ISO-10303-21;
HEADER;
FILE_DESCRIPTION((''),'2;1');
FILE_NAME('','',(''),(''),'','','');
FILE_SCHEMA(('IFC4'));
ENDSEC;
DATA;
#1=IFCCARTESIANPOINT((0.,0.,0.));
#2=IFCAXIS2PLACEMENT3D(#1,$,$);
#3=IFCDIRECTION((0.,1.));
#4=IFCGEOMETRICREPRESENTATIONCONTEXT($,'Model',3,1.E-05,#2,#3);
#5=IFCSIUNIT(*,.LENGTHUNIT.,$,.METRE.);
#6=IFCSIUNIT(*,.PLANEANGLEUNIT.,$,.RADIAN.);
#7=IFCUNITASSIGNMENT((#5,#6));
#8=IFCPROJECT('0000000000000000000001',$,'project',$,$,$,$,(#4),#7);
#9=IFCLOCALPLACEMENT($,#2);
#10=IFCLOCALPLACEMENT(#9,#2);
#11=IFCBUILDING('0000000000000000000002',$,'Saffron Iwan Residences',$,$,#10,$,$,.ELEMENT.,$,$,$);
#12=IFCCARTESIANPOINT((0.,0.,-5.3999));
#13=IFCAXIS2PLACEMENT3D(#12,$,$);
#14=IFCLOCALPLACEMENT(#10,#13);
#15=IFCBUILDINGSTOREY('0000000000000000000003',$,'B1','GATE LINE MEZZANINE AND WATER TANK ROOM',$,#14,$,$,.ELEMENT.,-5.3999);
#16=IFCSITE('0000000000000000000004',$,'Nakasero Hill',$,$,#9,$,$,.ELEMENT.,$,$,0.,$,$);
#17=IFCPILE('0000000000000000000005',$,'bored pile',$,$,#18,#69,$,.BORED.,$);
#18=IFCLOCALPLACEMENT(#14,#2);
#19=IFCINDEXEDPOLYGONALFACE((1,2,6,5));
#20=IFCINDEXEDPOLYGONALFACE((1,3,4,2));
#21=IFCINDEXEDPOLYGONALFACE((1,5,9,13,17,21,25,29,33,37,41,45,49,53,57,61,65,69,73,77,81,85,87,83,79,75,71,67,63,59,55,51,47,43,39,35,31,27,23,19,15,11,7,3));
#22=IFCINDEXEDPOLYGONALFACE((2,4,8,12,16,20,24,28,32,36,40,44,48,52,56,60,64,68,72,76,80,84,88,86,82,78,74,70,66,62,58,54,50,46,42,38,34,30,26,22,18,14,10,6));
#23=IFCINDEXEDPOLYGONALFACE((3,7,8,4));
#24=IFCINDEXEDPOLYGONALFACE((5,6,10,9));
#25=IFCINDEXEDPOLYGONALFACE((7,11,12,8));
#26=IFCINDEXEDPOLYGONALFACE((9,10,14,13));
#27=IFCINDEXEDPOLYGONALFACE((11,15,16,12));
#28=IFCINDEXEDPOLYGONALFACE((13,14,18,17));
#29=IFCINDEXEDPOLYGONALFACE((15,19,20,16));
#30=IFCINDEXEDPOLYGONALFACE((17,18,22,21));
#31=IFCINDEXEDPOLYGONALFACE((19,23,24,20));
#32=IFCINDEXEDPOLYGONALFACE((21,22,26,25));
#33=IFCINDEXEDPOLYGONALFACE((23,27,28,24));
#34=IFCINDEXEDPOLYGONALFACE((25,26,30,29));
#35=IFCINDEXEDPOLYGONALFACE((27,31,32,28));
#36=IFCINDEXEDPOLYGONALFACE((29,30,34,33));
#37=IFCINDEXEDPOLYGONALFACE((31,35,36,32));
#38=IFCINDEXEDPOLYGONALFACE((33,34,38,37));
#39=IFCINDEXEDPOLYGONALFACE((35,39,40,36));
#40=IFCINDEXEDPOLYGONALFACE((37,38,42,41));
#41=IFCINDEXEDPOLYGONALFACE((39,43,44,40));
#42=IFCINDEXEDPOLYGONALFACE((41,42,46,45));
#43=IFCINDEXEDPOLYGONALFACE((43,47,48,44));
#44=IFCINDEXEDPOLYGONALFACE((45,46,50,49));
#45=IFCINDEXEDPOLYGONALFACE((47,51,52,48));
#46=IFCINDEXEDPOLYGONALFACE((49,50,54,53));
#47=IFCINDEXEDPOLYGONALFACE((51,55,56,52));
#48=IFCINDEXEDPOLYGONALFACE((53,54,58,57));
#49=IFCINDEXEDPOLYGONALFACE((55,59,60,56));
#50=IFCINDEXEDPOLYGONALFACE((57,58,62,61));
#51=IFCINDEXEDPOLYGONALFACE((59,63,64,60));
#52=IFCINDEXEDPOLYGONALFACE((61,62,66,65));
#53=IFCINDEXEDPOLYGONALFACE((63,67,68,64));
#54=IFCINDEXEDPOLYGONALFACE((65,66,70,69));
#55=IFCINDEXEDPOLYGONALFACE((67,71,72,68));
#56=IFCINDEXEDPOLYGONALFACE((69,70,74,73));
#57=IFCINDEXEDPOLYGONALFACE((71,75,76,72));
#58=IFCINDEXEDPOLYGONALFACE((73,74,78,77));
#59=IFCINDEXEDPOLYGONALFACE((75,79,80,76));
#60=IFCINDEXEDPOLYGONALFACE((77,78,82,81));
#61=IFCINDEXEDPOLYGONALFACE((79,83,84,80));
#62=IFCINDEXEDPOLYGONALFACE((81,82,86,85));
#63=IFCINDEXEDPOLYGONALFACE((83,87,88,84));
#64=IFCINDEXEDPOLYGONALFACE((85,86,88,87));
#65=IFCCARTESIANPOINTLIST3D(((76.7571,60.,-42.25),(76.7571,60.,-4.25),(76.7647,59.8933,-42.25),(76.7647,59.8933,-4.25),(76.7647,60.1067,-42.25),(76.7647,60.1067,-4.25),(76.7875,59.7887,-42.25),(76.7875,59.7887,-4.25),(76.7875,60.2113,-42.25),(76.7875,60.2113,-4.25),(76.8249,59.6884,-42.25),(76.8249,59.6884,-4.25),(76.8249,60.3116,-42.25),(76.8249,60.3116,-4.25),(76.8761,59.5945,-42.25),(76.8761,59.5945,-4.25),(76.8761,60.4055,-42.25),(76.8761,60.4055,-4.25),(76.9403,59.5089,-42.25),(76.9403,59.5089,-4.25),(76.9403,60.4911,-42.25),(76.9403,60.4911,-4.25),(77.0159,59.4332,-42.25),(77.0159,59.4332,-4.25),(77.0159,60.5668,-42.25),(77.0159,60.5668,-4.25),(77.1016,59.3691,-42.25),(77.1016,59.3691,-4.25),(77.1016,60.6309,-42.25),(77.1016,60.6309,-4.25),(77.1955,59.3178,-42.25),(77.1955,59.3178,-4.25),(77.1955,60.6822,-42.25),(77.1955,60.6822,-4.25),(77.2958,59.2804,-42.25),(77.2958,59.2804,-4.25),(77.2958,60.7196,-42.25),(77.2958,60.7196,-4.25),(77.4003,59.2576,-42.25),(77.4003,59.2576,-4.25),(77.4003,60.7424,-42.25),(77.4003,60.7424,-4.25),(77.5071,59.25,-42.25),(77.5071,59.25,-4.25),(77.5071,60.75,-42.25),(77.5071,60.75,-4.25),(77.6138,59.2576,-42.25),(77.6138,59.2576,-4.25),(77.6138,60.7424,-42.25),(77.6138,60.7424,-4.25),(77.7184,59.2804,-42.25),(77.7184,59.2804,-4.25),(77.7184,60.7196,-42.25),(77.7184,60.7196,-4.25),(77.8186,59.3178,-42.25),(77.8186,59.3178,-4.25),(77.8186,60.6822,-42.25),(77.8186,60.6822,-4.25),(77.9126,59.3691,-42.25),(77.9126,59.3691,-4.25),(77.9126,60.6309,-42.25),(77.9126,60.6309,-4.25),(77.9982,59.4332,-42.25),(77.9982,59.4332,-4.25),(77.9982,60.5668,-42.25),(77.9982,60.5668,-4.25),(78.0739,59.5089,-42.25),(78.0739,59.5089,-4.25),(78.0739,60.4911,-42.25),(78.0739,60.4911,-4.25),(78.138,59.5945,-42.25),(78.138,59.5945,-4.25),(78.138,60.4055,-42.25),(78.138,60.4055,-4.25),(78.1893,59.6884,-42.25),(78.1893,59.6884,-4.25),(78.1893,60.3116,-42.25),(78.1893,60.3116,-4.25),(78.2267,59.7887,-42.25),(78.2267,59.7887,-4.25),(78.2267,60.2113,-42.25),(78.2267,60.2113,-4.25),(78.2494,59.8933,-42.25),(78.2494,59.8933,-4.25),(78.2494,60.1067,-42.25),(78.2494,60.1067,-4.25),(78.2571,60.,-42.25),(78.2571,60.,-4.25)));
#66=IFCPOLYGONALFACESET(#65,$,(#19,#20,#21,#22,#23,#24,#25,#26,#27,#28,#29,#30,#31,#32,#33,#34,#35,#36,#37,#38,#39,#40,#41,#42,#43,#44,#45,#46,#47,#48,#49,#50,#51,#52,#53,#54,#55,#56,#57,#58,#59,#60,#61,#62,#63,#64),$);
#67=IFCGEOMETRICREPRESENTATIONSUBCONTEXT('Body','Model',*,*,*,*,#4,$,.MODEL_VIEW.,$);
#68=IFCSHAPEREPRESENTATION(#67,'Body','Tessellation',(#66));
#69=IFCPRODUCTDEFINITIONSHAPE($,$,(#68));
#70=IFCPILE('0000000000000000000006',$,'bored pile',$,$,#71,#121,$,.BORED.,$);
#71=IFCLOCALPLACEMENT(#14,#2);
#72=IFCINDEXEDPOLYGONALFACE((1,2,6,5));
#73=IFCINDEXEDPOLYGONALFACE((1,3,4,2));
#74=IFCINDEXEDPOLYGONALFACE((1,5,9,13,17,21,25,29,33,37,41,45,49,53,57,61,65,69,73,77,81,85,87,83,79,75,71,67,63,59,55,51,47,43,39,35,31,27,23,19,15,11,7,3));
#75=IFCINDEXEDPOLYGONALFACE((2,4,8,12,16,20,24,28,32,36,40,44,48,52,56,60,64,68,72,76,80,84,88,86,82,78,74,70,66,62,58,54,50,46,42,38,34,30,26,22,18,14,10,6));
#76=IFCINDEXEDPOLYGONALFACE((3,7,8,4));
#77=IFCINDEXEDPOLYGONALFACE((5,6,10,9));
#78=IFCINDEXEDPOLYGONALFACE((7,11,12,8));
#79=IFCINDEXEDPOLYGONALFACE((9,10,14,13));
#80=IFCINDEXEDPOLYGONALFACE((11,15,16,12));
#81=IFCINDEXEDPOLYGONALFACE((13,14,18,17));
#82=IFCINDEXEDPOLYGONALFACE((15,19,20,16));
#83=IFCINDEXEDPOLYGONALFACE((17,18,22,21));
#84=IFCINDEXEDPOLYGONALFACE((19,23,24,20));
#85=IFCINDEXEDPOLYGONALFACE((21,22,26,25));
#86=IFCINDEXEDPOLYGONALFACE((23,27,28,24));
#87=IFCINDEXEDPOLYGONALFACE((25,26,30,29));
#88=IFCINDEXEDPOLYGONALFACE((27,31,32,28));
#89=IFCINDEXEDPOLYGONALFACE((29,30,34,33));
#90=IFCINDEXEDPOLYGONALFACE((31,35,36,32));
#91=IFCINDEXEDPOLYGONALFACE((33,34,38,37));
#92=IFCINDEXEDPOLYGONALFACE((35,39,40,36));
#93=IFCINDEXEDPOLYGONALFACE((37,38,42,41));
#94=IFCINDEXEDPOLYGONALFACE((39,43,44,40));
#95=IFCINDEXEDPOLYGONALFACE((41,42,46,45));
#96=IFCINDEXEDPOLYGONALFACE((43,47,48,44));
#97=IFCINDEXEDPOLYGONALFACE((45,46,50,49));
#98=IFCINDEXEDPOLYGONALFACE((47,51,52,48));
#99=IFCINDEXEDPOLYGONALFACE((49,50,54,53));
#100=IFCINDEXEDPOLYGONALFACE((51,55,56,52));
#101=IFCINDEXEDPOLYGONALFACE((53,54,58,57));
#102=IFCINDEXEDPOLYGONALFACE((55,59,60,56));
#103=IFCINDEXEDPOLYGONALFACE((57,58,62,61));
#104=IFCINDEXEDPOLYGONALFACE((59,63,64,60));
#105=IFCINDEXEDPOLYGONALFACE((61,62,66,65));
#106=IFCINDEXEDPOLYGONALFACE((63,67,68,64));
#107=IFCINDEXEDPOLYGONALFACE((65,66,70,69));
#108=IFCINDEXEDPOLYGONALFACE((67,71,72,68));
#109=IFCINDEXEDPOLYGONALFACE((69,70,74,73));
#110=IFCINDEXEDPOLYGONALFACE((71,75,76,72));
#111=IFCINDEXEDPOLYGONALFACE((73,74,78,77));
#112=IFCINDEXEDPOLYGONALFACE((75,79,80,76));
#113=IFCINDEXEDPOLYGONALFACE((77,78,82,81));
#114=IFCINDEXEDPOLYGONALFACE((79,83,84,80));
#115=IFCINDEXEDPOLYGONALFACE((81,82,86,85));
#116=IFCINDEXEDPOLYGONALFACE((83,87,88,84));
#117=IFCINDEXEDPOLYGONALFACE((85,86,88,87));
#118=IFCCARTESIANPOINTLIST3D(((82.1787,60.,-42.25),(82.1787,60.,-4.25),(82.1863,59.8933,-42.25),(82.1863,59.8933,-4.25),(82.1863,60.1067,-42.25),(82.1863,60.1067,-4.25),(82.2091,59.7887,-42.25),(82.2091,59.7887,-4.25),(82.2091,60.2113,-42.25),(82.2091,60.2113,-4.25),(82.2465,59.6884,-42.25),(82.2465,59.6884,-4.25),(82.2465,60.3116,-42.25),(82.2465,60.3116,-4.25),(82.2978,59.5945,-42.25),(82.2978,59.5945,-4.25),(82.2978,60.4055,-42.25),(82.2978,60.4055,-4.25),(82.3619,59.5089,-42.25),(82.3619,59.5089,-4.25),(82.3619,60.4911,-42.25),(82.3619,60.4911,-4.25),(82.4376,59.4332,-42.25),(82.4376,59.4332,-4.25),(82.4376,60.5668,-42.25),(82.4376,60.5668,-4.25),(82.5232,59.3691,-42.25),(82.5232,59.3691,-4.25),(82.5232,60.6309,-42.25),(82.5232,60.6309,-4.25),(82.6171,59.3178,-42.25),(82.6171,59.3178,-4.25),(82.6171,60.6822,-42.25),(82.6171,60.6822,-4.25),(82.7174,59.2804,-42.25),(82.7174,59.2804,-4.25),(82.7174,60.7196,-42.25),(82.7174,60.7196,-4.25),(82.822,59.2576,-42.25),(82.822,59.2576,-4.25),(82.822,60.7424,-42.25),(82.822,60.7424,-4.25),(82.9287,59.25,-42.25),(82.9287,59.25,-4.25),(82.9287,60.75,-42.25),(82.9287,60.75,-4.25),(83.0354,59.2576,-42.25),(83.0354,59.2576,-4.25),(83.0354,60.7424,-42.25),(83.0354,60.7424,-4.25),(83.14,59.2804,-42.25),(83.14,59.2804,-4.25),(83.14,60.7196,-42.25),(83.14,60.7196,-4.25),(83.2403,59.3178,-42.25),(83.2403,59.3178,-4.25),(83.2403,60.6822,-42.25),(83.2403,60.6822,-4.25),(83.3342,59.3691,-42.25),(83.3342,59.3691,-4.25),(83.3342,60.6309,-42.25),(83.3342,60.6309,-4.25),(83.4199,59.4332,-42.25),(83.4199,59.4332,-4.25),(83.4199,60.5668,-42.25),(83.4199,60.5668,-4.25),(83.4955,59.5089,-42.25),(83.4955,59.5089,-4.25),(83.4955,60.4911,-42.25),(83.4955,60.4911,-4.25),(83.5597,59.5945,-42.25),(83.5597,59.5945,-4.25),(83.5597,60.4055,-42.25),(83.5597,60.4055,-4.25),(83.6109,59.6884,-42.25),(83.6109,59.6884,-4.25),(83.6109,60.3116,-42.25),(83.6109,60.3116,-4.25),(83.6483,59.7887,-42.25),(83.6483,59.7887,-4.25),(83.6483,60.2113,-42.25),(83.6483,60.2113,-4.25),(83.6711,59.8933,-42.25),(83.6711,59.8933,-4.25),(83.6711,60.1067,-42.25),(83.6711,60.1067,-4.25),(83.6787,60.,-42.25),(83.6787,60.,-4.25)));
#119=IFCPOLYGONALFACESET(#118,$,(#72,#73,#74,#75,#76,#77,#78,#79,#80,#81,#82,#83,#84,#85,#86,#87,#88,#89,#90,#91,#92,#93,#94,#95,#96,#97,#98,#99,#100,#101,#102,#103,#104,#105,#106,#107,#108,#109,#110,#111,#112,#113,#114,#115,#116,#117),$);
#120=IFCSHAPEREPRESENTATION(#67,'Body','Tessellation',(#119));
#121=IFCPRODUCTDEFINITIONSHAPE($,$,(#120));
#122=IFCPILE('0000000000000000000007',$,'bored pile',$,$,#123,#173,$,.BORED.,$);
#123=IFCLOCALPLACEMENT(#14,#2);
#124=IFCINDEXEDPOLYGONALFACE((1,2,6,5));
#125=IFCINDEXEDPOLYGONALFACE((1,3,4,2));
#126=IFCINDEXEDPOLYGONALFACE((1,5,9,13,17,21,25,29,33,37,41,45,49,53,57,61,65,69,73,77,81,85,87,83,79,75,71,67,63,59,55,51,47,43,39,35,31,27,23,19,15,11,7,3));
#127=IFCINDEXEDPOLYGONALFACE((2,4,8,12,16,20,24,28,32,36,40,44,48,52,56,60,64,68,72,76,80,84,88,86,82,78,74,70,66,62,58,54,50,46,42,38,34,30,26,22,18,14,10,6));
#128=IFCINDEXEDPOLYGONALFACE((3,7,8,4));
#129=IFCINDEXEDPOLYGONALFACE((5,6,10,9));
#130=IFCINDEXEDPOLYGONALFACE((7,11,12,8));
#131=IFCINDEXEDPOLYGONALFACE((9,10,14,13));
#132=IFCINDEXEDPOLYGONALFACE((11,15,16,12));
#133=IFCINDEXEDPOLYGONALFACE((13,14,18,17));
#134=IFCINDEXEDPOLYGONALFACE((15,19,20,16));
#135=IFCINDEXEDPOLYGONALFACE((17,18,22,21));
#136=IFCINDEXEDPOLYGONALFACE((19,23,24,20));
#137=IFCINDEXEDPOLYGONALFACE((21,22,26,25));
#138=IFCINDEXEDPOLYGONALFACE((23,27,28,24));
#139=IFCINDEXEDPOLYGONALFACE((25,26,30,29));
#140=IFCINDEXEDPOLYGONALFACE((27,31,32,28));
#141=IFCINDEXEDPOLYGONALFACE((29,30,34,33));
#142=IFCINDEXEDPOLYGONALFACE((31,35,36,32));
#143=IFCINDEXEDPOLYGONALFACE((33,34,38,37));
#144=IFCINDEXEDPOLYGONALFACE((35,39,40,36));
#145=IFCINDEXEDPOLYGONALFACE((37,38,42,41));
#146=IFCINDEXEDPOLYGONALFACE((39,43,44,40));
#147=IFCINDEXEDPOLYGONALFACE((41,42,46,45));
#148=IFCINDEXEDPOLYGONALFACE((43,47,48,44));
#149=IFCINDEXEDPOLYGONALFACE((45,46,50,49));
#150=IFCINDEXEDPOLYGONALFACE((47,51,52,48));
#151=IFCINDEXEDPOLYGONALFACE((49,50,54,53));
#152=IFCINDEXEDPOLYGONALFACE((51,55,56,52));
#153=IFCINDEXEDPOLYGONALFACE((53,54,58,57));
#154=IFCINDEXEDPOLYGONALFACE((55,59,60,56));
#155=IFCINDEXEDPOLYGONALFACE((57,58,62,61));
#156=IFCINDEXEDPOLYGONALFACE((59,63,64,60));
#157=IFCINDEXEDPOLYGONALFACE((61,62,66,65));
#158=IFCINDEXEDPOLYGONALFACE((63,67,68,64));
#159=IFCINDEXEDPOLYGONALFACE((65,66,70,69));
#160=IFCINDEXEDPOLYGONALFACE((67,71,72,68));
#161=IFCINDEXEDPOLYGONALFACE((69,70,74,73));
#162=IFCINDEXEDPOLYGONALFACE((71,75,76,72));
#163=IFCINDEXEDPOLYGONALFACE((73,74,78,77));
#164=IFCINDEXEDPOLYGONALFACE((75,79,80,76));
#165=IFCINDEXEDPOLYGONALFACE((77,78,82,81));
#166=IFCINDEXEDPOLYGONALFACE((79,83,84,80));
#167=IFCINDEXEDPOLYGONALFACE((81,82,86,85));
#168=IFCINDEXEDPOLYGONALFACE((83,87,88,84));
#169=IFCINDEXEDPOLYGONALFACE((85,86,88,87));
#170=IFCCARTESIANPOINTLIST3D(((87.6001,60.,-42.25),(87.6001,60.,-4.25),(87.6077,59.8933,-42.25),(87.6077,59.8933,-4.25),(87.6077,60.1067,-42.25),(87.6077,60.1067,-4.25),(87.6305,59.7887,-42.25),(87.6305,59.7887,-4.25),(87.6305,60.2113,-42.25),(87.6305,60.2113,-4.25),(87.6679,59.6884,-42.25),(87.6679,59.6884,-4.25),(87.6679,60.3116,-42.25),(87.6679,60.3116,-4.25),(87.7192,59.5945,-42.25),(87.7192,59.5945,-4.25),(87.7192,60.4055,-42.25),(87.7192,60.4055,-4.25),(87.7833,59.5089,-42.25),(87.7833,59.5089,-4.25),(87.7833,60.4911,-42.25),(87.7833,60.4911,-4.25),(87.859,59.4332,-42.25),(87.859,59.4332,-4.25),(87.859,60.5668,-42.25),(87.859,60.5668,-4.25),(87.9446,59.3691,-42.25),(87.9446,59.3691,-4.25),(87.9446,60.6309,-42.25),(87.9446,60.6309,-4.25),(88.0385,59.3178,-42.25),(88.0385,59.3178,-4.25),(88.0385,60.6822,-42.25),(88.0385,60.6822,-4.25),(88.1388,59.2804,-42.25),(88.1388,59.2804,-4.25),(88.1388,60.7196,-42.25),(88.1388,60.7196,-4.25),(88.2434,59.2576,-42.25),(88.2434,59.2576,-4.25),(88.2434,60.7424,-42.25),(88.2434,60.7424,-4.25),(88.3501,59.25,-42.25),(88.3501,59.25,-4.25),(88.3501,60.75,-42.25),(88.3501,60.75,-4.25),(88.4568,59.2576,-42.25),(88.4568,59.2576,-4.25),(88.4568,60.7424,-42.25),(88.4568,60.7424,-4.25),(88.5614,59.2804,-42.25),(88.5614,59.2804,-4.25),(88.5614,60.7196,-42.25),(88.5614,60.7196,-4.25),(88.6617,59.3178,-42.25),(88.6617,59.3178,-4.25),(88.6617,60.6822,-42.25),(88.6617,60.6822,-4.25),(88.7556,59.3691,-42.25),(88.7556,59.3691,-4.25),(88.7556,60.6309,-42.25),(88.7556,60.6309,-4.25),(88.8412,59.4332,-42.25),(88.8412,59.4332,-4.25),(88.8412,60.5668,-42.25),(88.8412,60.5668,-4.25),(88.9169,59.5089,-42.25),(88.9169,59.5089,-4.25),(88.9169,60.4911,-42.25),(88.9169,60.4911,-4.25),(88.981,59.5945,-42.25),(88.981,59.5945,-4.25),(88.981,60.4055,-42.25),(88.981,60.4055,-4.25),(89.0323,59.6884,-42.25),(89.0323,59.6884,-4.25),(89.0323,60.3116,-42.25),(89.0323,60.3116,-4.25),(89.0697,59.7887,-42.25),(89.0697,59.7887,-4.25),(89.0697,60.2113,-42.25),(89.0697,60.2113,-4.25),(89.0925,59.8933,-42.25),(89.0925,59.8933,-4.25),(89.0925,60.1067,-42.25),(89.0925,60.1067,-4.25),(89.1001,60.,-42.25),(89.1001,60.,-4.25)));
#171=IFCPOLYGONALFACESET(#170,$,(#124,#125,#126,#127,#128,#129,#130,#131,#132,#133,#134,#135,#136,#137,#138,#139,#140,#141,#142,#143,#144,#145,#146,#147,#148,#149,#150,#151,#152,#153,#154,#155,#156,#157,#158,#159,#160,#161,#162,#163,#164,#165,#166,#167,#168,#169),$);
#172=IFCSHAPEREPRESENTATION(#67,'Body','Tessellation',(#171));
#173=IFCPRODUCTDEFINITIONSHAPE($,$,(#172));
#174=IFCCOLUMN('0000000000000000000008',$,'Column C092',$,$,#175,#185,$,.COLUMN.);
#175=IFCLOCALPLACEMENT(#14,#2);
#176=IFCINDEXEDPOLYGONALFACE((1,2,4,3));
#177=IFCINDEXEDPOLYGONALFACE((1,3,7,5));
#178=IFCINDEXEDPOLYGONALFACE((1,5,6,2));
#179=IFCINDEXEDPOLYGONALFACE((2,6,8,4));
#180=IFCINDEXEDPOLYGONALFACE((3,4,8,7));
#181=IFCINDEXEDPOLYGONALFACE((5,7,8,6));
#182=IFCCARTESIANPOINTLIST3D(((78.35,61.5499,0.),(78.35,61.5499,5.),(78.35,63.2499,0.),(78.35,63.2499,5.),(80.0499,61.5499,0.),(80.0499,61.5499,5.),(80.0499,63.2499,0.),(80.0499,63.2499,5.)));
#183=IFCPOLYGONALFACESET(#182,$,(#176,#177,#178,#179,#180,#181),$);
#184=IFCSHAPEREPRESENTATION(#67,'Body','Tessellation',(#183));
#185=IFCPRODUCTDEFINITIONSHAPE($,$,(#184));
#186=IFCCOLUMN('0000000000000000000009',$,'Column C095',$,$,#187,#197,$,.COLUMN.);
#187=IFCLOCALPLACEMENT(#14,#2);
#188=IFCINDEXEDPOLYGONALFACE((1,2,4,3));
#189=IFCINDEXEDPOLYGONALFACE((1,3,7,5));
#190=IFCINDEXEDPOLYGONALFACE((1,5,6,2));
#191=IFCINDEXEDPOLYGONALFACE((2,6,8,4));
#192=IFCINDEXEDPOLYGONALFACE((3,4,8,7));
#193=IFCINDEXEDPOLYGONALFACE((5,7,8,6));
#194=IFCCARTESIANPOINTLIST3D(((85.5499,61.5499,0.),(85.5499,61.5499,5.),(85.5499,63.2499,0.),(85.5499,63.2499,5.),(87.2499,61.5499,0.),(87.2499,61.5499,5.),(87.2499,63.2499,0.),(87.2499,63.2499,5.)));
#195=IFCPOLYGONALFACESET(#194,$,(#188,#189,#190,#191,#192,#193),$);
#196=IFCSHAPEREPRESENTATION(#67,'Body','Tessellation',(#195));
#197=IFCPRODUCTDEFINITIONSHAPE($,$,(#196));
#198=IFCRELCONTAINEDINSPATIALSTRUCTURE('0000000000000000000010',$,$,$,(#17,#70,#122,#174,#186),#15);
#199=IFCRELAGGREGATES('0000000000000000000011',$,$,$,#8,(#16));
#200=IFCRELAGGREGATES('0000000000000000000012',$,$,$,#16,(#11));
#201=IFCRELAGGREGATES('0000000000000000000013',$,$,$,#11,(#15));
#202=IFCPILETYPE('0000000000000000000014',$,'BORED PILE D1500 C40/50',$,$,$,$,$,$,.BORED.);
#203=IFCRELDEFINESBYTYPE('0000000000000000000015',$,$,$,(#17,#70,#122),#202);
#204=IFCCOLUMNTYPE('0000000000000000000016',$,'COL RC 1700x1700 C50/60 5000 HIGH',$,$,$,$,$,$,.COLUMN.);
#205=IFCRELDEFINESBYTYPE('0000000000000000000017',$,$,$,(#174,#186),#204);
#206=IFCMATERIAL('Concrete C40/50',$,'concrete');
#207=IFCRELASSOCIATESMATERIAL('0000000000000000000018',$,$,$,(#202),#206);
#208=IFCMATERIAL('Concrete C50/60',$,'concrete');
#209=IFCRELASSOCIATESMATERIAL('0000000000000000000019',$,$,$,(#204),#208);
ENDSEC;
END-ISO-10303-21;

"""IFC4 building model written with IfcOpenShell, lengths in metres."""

from ifc_helpers import new_model, si_unit, direction, frame, origin, origin_2d, place, context, subcontext, project, spatial, rectangle, circle, extrude, source, transform, mapped, material, material_profile, profile_set, type_object, element, save


model = new_model("IFC4")

# Units and contexts
model_context = context("Model", 3, precision=1e-05, world=origin(), true_north=direction((0.0, 1.0)))
body_context = subcontext(model_context, "Body", "Model", "MODEL_VIEW")
ifc_project = project(units=[si_unit("LENGTHUNIT", "METRE"), si_unit("PLANEANGLEUNIT", "RADIAN")], contexts=[model_context])

# Site, building, storey
site_placement = place(None, origin())
site = spatial("IfcSite", under=ifc_project, at=site_placement, Name="Nakasero Hill", CompositionType="ELEMENT", RefElevation=0.0)
building_placement = place(site_placement, origin())
building = spatial("IfcBuilding", under=site, at=building_placement, Name="Saffron Iwan Residences", CompositionType="ELEMENT")
storey_placement = place(building_placement, frame((0.0, 0.0, -5.3999)))
storey = spatial("IfcBuildingStorey", under=building, at=storey_placement, Name="B1", Description="GATE LINE MEZZANINE AND WATER TANK ROOM", CompositionType="ELEMENT", Elevation=-5.3999)

# Piles
ifc_material_1 = material(Name="Concrete C40/50", Category="concrete")
ifc_material_profile_1 = material_profile(ifc_material_1, circle(Radius=0.75, at=origin_2d()), Name="RC D1500")
ifc_profile_set_1 = profile_set([ifc_material_profile_1], Name="Concrete C40/50")
pile_type = type_object("IfcPileType", Name="BORED PILE D1500 C40/50", PredefinedType="BORED", material=ifc_profile_set_1)
for number, where, z_axis, x_axis, name in (
    (1, (77.5071, 60.0, -4.25), (0.0, 0.0, -1.0), (1.0, 0.0, 0.0), "bored pile"),
    (2, (82.9287, 60.0, -4.25), (0.0, 0.0, -1.0), (1.0, 0.0, 0.0), "bored pile"),
    (3, (88.3501, 60.0, -4.25), (0.0, 0.0, -1.0), (1.0, 0.0, 0.0), "bored pile"),
):
    element("IfcPile", number, at=place(storey_placement, frame(where, z_axis=z_axis, x_axis=x_axis)), inside=storey, type_object=pile_type, Name=name, PredefinedType="BORED", context=body_context, shape_type="SweptSolid", body=[
        extrude(circle(Radius=0.75, at=origin_2d()), origin(), (0.0, 0.0, 1.0), 38.0),
    ])

# Columns
ifc_material_2 = material(Name="Concrete C50/60", Category="concrete")
ifc_material_profile_2 = material_profile(ifc_material_2, rectangle(XDim=1.7, YDim=1.7, at=origin_2d()), Name="RC 1700x1700")
ifc_profile_set_2 = profile_set([ifc_material_profile_2], Name="Concrete C50/60")
column_type = type_object("IfcColumnType", Name="COL RC 1700x1700 C50/60 5000 HIGH", PredefinedType="COLUMN", material=ifc_profile_set_2)
shared_shape_1 = source(origin(), body_context, "Body", "SweptSolid", [
    extrude(rectangle(XDim=1.7, YDim=1.7, at=origin_2d()), origin(), (0.0, 0.0, 1.0), 5.0),
])
for number, where, z_axis, x_axis, name in (
    (4, (79.2, 62.3999, 0.0), (0.0, 0.0, 1.0), (1.0, 0.0, 0.0), "Column C092"),
    (5, (86.3999, 62.3999, 0.0), (0.0, 0.0, 1.0), (1.0, 0.0, 0.0), "Column C095"),
):
    element("IfcColumn", number, at=place(storey_placement, frame(where, z_axis=z_axis, x_axis=x_axis)), inside=storey, type_object=column_type, Name=name, PredefinedType="COLUMN", context=body_context, shape_type="MappedRepresentation", body=[
        mapped(shared_shape_1, transform((0.0, 0.0, 0.0))),
    ])

save(model, "model.ifc")
